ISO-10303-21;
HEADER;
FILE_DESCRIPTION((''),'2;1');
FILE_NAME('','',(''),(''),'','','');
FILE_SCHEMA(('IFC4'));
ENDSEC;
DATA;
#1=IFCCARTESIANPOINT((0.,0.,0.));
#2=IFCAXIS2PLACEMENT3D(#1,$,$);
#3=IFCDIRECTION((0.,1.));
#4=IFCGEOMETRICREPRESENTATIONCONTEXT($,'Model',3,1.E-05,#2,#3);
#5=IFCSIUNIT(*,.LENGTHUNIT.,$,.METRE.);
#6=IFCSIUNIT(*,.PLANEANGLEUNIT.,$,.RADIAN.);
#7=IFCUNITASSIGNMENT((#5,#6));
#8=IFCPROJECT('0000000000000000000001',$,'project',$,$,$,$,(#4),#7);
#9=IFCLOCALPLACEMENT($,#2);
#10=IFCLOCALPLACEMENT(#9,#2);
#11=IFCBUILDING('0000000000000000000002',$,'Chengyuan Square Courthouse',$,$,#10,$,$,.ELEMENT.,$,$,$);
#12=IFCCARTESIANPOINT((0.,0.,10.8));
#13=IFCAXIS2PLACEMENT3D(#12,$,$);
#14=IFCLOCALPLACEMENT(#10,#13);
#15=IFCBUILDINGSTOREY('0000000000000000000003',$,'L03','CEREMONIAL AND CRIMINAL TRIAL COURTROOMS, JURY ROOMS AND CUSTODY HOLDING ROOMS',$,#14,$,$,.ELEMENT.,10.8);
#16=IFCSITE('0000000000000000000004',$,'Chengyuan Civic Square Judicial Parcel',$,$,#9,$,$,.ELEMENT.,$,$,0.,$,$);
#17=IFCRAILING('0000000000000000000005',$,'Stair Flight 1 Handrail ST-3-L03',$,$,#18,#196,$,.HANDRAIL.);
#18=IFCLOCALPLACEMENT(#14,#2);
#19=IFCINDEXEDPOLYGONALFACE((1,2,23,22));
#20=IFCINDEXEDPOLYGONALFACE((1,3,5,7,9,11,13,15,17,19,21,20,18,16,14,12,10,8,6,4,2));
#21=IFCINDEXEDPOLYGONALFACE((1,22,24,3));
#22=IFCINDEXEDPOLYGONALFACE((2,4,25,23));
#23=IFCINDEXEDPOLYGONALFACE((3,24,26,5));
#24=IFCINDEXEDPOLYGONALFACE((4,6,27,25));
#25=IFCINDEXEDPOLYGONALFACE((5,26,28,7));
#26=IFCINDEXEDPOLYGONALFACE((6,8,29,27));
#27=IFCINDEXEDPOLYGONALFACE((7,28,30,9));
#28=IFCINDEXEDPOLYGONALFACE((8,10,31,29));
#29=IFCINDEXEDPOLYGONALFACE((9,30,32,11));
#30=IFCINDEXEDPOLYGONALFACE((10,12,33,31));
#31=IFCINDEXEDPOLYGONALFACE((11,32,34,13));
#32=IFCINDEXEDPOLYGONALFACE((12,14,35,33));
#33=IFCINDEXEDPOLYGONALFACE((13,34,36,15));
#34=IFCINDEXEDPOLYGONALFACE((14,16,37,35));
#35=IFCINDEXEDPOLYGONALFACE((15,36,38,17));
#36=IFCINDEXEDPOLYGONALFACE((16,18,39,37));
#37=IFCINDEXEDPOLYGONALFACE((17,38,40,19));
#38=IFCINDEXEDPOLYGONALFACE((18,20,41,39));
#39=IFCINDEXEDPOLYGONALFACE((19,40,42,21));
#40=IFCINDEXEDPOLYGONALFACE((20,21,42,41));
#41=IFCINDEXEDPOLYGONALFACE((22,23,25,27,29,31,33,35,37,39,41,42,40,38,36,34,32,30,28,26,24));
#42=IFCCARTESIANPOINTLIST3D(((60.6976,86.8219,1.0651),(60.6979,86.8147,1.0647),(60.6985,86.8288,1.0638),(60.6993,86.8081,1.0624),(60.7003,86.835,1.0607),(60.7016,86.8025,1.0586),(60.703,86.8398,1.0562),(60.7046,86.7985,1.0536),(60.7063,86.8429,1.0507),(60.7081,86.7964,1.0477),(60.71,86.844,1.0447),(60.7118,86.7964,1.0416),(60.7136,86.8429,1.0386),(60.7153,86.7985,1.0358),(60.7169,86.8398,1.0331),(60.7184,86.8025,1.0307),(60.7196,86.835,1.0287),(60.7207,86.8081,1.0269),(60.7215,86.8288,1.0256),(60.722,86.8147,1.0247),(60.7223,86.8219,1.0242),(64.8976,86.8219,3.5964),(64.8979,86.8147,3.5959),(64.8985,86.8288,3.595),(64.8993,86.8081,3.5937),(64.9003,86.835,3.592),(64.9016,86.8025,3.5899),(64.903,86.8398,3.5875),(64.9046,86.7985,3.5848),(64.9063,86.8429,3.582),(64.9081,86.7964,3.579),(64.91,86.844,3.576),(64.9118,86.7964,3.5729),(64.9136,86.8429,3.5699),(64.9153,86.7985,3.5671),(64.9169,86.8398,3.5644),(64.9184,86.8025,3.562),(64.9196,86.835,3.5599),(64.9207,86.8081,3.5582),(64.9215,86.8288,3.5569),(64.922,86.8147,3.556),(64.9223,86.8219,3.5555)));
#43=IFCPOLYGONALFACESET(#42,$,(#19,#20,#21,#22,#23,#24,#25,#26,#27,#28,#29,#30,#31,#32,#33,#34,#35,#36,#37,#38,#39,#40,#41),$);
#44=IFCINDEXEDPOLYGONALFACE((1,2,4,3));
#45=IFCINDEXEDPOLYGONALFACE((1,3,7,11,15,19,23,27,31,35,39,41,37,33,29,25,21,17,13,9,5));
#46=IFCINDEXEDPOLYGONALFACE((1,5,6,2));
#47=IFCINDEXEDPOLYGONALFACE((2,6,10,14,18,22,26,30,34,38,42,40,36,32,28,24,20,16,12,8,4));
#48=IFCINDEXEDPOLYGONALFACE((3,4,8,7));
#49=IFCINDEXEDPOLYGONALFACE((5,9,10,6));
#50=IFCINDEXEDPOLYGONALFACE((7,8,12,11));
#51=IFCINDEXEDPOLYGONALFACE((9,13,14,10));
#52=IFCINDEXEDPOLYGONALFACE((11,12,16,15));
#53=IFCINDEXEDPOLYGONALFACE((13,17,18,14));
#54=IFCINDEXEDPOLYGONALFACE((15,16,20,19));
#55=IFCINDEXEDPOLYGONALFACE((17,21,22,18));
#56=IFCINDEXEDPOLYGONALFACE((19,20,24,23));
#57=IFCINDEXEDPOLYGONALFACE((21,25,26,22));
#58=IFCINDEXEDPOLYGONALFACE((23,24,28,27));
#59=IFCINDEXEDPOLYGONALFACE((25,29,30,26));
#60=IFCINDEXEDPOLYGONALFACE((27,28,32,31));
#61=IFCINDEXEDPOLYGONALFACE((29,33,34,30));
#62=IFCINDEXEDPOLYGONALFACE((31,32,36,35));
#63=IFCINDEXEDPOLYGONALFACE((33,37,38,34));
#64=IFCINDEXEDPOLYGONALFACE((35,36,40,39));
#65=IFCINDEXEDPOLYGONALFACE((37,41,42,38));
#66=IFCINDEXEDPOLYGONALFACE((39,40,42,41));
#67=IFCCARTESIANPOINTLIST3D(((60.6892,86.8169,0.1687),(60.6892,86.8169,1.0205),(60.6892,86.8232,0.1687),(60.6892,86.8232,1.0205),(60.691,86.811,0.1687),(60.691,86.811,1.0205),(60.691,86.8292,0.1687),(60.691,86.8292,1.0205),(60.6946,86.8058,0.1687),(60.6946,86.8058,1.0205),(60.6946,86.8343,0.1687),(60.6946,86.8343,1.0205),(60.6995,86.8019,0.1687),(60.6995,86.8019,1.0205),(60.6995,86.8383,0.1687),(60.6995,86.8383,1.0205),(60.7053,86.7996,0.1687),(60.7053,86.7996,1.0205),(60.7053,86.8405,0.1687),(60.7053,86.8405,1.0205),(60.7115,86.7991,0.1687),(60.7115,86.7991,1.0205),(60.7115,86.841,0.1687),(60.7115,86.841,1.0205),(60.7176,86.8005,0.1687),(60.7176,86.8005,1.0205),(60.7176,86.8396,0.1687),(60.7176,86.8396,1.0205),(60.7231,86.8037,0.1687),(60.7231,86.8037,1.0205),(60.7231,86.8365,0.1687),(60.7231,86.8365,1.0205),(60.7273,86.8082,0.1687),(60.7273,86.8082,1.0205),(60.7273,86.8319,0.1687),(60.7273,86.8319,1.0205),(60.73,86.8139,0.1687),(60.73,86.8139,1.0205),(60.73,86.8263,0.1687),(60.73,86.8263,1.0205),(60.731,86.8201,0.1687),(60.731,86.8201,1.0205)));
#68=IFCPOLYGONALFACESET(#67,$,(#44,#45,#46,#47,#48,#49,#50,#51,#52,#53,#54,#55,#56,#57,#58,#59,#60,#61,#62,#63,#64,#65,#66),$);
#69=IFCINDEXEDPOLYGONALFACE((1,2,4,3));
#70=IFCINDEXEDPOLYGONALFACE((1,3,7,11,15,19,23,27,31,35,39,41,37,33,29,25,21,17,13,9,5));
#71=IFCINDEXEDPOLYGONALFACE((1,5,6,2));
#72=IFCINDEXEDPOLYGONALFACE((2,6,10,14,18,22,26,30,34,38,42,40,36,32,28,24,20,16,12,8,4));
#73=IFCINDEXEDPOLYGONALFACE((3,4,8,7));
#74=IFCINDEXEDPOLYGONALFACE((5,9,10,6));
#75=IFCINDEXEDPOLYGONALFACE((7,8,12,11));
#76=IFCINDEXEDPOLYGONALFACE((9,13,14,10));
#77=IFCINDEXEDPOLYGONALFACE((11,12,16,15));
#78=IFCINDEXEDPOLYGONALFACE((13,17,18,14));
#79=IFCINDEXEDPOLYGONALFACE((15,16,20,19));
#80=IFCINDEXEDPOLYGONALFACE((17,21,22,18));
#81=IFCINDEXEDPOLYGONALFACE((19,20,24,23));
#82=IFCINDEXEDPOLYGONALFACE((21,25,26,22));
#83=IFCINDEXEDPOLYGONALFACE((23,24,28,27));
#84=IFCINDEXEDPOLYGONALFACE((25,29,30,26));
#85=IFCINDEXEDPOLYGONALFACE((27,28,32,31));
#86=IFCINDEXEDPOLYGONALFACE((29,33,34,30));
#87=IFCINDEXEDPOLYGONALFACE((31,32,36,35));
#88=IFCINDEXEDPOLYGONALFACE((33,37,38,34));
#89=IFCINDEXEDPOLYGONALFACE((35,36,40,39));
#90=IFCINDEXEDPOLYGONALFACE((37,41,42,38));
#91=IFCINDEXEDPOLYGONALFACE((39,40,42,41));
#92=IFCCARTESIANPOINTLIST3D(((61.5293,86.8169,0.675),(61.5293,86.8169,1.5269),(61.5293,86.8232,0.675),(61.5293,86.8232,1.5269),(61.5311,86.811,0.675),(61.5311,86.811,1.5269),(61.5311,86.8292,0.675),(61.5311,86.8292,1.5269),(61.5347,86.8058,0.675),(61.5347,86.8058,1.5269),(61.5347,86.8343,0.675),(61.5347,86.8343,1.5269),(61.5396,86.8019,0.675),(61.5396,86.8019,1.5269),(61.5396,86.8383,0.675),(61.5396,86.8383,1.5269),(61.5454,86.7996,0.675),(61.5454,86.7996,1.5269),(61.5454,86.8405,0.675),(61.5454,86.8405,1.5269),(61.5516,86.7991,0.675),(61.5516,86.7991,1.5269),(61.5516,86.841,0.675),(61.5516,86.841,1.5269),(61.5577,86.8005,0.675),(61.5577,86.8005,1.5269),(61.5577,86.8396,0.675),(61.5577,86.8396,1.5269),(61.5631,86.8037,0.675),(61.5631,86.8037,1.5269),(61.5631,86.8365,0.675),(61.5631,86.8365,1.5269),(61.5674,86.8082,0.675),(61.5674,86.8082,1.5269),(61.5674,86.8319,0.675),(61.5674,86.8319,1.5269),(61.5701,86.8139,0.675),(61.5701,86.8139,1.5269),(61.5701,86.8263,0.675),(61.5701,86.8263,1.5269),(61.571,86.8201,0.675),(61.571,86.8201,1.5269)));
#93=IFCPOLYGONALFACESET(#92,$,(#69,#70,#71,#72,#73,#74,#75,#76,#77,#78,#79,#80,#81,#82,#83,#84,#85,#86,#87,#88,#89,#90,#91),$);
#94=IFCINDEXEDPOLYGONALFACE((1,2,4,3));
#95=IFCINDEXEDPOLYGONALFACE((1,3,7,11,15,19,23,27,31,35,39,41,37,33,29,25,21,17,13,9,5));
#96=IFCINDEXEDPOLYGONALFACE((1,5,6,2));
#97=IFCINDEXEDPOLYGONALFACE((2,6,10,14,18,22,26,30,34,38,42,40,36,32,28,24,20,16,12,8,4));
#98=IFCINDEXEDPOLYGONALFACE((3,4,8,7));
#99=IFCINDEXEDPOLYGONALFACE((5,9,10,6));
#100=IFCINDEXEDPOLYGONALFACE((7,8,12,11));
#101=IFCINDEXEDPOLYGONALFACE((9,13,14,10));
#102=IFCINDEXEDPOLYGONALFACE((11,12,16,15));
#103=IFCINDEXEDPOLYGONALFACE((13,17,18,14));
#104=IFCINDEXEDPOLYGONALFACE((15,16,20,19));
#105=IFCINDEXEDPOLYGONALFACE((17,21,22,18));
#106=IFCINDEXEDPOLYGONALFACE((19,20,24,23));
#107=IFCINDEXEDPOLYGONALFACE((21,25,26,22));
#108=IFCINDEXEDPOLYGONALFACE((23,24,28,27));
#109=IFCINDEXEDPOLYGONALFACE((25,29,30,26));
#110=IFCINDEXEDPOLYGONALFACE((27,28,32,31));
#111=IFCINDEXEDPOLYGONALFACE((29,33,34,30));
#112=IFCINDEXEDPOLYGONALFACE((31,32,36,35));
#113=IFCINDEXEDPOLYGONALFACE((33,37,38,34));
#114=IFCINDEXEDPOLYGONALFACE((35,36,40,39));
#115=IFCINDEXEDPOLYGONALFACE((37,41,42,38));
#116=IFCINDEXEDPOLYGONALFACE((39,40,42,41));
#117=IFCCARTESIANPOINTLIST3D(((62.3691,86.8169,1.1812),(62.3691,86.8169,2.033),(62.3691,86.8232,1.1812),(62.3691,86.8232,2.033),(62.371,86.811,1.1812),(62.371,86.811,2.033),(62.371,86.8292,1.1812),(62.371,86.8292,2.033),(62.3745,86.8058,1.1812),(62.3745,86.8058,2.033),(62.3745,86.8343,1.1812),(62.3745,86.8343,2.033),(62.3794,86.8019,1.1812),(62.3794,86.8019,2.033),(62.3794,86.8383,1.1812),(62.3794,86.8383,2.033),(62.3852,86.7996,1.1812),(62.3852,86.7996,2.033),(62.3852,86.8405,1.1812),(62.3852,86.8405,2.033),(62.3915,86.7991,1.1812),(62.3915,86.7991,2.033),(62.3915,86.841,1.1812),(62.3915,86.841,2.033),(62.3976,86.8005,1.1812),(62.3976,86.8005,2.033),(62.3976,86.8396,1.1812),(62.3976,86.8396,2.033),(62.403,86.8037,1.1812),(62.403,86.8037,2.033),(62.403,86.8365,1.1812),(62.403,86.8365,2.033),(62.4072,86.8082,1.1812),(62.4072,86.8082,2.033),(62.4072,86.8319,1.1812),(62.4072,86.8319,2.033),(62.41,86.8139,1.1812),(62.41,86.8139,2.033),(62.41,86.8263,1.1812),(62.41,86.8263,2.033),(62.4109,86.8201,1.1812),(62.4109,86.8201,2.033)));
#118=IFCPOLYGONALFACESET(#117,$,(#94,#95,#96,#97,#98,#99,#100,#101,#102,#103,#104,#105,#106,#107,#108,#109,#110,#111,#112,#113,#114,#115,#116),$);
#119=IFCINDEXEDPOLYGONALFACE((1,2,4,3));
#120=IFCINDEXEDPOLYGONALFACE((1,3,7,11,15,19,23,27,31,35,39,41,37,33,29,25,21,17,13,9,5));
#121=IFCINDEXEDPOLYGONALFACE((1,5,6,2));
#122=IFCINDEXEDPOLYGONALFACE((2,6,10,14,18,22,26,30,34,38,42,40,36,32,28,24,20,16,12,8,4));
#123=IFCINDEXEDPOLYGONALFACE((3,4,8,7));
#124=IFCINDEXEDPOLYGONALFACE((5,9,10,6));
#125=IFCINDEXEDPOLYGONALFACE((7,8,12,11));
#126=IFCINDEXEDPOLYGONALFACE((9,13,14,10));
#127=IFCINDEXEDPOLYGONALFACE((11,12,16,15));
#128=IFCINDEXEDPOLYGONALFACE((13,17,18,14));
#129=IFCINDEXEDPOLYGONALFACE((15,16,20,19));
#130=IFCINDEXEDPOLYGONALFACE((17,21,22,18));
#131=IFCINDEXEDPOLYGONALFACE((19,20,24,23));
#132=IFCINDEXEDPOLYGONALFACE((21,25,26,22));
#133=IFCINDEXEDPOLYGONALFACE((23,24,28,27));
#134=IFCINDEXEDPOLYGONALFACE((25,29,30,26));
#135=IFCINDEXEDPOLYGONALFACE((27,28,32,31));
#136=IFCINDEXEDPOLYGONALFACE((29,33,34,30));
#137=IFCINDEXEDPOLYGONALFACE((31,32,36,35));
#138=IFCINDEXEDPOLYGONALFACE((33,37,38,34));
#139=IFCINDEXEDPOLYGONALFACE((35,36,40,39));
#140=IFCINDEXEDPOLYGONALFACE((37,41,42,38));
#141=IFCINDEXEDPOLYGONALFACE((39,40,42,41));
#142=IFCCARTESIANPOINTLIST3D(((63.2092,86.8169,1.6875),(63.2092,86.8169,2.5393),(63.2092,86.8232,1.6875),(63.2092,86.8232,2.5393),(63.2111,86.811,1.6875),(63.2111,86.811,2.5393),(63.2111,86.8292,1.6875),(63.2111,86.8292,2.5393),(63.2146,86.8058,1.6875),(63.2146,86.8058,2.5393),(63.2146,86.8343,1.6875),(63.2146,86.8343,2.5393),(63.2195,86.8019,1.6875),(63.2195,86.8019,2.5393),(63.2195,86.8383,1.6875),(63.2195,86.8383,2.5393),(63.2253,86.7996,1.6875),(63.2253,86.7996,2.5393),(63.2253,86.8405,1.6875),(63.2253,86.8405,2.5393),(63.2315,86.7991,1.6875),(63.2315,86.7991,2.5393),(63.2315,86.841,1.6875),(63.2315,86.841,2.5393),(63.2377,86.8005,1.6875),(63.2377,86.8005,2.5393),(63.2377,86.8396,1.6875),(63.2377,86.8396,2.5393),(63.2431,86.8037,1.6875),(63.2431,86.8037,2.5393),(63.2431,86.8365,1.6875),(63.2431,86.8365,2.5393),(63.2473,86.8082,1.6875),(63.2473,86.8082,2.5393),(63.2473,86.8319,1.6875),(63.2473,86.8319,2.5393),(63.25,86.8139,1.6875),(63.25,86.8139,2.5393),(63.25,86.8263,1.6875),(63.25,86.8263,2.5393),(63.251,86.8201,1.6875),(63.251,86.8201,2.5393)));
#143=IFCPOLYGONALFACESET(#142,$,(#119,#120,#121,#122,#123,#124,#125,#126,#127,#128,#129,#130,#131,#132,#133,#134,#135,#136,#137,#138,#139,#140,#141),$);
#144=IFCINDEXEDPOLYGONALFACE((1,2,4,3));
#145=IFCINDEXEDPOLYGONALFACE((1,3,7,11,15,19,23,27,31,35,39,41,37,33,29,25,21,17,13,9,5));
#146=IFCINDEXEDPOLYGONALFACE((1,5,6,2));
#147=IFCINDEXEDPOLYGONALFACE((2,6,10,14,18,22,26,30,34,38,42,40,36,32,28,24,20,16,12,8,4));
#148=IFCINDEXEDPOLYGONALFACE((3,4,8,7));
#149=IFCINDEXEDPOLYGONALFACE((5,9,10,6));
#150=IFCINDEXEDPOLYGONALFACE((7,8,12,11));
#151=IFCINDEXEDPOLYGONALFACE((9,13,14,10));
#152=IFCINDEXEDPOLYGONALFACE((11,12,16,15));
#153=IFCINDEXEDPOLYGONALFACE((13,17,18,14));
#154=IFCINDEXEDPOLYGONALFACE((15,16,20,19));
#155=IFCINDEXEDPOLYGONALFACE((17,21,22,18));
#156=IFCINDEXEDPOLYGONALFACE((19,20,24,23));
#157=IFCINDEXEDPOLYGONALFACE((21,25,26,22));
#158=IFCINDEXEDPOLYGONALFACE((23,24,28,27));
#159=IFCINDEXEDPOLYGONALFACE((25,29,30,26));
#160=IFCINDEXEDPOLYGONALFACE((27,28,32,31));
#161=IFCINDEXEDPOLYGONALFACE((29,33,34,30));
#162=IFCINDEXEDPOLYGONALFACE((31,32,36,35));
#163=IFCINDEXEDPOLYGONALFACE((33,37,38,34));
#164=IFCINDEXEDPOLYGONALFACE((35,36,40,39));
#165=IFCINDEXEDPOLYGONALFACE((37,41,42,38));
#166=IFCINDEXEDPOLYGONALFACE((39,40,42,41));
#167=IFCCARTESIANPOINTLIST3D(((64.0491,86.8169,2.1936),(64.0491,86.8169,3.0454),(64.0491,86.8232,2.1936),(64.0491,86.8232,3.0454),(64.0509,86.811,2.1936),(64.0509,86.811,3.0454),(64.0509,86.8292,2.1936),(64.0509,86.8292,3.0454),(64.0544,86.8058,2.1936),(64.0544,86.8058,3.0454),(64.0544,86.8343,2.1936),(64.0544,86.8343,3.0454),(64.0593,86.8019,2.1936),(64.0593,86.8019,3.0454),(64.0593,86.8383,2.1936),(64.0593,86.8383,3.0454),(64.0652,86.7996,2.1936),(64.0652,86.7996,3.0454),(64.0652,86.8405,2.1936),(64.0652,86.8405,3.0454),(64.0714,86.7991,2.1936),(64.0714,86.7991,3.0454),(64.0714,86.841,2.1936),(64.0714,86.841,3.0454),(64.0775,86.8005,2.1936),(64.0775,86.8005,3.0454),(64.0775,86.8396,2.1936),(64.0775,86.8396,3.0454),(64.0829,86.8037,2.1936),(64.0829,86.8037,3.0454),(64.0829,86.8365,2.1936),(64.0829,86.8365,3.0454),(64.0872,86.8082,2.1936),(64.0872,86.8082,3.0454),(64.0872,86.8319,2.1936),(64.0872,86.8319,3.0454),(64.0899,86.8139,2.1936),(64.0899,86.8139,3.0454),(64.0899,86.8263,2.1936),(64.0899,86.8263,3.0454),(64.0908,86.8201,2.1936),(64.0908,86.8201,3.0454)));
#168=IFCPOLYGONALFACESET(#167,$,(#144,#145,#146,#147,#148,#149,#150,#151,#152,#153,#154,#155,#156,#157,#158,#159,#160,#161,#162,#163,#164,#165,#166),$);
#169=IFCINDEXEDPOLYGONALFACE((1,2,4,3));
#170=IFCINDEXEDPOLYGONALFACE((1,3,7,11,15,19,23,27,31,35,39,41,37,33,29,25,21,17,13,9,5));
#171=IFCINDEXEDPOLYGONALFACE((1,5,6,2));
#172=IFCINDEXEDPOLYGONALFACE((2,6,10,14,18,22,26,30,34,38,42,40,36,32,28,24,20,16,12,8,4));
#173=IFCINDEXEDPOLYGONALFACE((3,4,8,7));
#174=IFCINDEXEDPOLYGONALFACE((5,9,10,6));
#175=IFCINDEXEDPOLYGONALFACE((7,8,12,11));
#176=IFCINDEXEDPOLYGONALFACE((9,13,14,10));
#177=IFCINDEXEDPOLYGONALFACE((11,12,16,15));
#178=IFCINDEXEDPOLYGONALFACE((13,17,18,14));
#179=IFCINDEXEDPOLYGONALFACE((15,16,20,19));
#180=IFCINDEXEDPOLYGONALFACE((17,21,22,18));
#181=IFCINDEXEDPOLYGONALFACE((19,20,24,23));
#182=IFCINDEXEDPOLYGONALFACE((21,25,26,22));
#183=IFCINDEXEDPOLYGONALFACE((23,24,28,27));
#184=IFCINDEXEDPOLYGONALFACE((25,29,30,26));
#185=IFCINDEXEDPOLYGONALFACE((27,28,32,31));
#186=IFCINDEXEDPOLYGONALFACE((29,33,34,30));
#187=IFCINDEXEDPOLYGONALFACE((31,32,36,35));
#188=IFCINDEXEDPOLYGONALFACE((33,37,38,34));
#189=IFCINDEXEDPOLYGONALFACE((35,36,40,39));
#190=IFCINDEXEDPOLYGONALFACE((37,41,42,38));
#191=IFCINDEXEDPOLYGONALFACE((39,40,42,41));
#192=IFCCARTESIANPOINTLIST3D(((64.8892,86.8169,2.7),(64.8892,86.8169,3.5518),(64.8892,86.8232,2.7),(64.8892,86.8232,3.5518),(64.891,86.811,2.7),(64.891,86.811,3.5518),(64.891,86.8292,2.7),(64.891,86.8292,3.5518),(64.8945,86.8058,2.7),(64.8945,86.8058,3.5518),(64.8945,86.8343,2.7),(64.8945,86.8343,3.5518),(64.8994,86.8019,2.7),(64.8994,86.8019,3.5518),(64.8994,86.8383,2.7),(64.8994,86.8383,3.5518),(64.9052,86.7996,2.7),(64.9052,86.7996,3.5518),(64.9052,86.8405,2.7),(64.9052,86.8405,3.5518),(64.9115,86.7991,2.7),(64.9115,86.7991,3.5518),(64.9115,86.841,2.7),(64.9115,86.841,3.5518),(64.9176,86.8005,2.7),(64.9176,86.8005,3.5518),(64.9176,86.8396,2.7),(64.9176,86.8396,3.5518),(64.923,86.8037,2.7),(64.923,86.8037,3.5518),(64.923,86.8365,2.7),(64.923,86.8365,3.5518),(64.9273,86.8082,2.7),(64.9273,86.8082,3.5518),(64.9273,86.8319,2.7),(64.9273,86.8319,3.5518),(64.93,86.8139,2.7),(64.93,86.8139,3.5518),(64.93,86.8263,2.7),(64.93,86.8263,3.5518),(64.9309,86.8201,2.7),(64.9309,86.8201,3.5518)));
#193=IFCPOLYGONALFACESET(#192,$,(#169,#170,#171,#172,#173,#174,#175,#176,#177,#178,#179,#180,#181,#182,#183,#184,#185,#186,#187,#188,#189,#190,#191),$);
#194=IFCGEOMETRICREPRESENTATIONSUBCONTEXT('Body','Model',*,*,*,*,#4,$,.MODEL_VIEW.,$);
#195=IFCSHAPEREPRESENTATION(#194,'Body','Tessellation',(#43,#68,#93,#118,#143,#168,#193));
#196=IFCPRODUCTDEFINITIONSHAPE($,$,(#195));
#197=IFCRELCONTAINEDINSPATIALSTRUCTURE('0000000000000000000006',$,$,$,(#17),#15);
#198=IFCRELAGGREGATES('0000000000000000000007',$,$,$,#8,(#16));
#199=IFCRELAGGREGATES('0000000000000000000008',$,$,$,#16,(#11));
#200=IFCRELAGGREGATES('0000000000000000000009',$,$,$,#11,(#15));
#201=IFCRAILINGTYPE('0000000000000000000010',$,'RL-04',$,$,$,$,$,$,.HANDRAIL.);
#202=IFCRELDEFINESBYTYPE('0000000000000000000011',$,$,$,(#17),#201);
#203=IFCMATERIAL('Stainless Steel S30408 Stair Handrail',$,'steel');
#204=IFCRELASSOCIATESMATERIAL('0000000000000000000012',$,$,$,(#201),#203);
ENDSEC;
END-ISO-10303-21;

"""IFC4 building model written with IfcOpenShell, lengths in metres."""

from ifc_helpers import new_model, si_unit, direction, frame, origin, origin_2d, place, context, subcontext, project, spatial, circle, extrude, material, type_object, element, save


model = new_model("IFC4")

# Units and contexts
model_context = context("Model", 3, precision=1e-05, world=origin(), true_north=direction((0.0, 1.0)))
body_context = subcontext(model_context, "Body", "Model", "MODEL_VIEW")
ifc_project = project(units=[si_unit("LENGTHUNIT", "METRE"), si_unit("PLANEANGLEUNIT", "RADIAN")], contexts=[model_context])

# Site, building, storey
site_placement = place(None, origin())
site = spatial("IfcSite", under=ifc_project, at=site_placement, Name="Chengyuan Civic Square Judicial Parcel", CompositionType="ELEMENT", RefElevation=0.0)
building_placement = place(site_placement, origin())
building = spatial("IfcBuilding", under=site, at=building_placement, Name="Chengyuan Square Courthouse", CompositionType="ELEMENT")
storey_placement = place(building_placement, frame((0.0, 0.0, 10.8)))
storey = spatial("IfcBuildingStorey", under=building, at=storey_placement, Name="L03", Description="CEREMONIAL AND CRIMINAL TRIAL COURTROOMS, JURY ROOMS AND CUSTODY HOLDING ROOMS", CompositionType="ELEMENT", Elevation=10.8)

# Railing
ifc_material_1 = material(Name="Stainless Steel S30408 Stair Handrail", Category="steel")
railing_type_1 = type_object("IfcRailingType", Name="RL-04", PredefinedType="HANDRAIL", material=ifc_material_1)
railing_1_placement = place(storey_placement, frame((60.71, 86.8201, 0.1687)))
element("IfcRailing", 1, at=railing_1_placement, inside=storey, type_object=railing_type_1, Name="Stair Flight 1 Handrail ST-3-L03", PredefinedType="HANDRAIL", context=body_context, shape_type="SweptSolid", body=[
    extrude(circle(Radius=0.0239, at=origin_2d()), frame((0.0, 0.0, 0.876), z_axis=(0.856476, 0.0, 0.516186), x_axis=(0.0, 1.0, 0.0)), (0.0, 0.0, 1.0), 4.9038),
    extrude(circle(Radius=0.021, at=origin_2d()), origin(), (0.0, 0.0, 1.0), 0.8518),
    extrude(circle(Radius=0.021, at=origin_2d()), frame((0.8401, 0.0, 0.5063)), (0.0, 0.0, 1.0), 0.8518),
    extrude(circle(Radius=0.021, at=origin_2d()), frame((1.6799, 0.0, 1.0125)), (0.0, 0.0, 1.0), 0.8518),
    extrude(circle(Radius=0.021, at=origin_2d()), frame((2.52, 0.0, 1.5188)), (0.0, 0.0, 1.0), 0.8518),
    extrude(circle(Radius=0.021, at=origin_2d()), frame((3.3599, 0.0, 2.0249)), (0.0, 0.0, 1.0), 0.8518),
    extrude(circle(Radius=0.021, at=origin_2d()), frame((4.2, 0.0, 2.5312)), (0.0, 0.0, 1.0), 0.8518),
])

save(model, "model.ifc")
